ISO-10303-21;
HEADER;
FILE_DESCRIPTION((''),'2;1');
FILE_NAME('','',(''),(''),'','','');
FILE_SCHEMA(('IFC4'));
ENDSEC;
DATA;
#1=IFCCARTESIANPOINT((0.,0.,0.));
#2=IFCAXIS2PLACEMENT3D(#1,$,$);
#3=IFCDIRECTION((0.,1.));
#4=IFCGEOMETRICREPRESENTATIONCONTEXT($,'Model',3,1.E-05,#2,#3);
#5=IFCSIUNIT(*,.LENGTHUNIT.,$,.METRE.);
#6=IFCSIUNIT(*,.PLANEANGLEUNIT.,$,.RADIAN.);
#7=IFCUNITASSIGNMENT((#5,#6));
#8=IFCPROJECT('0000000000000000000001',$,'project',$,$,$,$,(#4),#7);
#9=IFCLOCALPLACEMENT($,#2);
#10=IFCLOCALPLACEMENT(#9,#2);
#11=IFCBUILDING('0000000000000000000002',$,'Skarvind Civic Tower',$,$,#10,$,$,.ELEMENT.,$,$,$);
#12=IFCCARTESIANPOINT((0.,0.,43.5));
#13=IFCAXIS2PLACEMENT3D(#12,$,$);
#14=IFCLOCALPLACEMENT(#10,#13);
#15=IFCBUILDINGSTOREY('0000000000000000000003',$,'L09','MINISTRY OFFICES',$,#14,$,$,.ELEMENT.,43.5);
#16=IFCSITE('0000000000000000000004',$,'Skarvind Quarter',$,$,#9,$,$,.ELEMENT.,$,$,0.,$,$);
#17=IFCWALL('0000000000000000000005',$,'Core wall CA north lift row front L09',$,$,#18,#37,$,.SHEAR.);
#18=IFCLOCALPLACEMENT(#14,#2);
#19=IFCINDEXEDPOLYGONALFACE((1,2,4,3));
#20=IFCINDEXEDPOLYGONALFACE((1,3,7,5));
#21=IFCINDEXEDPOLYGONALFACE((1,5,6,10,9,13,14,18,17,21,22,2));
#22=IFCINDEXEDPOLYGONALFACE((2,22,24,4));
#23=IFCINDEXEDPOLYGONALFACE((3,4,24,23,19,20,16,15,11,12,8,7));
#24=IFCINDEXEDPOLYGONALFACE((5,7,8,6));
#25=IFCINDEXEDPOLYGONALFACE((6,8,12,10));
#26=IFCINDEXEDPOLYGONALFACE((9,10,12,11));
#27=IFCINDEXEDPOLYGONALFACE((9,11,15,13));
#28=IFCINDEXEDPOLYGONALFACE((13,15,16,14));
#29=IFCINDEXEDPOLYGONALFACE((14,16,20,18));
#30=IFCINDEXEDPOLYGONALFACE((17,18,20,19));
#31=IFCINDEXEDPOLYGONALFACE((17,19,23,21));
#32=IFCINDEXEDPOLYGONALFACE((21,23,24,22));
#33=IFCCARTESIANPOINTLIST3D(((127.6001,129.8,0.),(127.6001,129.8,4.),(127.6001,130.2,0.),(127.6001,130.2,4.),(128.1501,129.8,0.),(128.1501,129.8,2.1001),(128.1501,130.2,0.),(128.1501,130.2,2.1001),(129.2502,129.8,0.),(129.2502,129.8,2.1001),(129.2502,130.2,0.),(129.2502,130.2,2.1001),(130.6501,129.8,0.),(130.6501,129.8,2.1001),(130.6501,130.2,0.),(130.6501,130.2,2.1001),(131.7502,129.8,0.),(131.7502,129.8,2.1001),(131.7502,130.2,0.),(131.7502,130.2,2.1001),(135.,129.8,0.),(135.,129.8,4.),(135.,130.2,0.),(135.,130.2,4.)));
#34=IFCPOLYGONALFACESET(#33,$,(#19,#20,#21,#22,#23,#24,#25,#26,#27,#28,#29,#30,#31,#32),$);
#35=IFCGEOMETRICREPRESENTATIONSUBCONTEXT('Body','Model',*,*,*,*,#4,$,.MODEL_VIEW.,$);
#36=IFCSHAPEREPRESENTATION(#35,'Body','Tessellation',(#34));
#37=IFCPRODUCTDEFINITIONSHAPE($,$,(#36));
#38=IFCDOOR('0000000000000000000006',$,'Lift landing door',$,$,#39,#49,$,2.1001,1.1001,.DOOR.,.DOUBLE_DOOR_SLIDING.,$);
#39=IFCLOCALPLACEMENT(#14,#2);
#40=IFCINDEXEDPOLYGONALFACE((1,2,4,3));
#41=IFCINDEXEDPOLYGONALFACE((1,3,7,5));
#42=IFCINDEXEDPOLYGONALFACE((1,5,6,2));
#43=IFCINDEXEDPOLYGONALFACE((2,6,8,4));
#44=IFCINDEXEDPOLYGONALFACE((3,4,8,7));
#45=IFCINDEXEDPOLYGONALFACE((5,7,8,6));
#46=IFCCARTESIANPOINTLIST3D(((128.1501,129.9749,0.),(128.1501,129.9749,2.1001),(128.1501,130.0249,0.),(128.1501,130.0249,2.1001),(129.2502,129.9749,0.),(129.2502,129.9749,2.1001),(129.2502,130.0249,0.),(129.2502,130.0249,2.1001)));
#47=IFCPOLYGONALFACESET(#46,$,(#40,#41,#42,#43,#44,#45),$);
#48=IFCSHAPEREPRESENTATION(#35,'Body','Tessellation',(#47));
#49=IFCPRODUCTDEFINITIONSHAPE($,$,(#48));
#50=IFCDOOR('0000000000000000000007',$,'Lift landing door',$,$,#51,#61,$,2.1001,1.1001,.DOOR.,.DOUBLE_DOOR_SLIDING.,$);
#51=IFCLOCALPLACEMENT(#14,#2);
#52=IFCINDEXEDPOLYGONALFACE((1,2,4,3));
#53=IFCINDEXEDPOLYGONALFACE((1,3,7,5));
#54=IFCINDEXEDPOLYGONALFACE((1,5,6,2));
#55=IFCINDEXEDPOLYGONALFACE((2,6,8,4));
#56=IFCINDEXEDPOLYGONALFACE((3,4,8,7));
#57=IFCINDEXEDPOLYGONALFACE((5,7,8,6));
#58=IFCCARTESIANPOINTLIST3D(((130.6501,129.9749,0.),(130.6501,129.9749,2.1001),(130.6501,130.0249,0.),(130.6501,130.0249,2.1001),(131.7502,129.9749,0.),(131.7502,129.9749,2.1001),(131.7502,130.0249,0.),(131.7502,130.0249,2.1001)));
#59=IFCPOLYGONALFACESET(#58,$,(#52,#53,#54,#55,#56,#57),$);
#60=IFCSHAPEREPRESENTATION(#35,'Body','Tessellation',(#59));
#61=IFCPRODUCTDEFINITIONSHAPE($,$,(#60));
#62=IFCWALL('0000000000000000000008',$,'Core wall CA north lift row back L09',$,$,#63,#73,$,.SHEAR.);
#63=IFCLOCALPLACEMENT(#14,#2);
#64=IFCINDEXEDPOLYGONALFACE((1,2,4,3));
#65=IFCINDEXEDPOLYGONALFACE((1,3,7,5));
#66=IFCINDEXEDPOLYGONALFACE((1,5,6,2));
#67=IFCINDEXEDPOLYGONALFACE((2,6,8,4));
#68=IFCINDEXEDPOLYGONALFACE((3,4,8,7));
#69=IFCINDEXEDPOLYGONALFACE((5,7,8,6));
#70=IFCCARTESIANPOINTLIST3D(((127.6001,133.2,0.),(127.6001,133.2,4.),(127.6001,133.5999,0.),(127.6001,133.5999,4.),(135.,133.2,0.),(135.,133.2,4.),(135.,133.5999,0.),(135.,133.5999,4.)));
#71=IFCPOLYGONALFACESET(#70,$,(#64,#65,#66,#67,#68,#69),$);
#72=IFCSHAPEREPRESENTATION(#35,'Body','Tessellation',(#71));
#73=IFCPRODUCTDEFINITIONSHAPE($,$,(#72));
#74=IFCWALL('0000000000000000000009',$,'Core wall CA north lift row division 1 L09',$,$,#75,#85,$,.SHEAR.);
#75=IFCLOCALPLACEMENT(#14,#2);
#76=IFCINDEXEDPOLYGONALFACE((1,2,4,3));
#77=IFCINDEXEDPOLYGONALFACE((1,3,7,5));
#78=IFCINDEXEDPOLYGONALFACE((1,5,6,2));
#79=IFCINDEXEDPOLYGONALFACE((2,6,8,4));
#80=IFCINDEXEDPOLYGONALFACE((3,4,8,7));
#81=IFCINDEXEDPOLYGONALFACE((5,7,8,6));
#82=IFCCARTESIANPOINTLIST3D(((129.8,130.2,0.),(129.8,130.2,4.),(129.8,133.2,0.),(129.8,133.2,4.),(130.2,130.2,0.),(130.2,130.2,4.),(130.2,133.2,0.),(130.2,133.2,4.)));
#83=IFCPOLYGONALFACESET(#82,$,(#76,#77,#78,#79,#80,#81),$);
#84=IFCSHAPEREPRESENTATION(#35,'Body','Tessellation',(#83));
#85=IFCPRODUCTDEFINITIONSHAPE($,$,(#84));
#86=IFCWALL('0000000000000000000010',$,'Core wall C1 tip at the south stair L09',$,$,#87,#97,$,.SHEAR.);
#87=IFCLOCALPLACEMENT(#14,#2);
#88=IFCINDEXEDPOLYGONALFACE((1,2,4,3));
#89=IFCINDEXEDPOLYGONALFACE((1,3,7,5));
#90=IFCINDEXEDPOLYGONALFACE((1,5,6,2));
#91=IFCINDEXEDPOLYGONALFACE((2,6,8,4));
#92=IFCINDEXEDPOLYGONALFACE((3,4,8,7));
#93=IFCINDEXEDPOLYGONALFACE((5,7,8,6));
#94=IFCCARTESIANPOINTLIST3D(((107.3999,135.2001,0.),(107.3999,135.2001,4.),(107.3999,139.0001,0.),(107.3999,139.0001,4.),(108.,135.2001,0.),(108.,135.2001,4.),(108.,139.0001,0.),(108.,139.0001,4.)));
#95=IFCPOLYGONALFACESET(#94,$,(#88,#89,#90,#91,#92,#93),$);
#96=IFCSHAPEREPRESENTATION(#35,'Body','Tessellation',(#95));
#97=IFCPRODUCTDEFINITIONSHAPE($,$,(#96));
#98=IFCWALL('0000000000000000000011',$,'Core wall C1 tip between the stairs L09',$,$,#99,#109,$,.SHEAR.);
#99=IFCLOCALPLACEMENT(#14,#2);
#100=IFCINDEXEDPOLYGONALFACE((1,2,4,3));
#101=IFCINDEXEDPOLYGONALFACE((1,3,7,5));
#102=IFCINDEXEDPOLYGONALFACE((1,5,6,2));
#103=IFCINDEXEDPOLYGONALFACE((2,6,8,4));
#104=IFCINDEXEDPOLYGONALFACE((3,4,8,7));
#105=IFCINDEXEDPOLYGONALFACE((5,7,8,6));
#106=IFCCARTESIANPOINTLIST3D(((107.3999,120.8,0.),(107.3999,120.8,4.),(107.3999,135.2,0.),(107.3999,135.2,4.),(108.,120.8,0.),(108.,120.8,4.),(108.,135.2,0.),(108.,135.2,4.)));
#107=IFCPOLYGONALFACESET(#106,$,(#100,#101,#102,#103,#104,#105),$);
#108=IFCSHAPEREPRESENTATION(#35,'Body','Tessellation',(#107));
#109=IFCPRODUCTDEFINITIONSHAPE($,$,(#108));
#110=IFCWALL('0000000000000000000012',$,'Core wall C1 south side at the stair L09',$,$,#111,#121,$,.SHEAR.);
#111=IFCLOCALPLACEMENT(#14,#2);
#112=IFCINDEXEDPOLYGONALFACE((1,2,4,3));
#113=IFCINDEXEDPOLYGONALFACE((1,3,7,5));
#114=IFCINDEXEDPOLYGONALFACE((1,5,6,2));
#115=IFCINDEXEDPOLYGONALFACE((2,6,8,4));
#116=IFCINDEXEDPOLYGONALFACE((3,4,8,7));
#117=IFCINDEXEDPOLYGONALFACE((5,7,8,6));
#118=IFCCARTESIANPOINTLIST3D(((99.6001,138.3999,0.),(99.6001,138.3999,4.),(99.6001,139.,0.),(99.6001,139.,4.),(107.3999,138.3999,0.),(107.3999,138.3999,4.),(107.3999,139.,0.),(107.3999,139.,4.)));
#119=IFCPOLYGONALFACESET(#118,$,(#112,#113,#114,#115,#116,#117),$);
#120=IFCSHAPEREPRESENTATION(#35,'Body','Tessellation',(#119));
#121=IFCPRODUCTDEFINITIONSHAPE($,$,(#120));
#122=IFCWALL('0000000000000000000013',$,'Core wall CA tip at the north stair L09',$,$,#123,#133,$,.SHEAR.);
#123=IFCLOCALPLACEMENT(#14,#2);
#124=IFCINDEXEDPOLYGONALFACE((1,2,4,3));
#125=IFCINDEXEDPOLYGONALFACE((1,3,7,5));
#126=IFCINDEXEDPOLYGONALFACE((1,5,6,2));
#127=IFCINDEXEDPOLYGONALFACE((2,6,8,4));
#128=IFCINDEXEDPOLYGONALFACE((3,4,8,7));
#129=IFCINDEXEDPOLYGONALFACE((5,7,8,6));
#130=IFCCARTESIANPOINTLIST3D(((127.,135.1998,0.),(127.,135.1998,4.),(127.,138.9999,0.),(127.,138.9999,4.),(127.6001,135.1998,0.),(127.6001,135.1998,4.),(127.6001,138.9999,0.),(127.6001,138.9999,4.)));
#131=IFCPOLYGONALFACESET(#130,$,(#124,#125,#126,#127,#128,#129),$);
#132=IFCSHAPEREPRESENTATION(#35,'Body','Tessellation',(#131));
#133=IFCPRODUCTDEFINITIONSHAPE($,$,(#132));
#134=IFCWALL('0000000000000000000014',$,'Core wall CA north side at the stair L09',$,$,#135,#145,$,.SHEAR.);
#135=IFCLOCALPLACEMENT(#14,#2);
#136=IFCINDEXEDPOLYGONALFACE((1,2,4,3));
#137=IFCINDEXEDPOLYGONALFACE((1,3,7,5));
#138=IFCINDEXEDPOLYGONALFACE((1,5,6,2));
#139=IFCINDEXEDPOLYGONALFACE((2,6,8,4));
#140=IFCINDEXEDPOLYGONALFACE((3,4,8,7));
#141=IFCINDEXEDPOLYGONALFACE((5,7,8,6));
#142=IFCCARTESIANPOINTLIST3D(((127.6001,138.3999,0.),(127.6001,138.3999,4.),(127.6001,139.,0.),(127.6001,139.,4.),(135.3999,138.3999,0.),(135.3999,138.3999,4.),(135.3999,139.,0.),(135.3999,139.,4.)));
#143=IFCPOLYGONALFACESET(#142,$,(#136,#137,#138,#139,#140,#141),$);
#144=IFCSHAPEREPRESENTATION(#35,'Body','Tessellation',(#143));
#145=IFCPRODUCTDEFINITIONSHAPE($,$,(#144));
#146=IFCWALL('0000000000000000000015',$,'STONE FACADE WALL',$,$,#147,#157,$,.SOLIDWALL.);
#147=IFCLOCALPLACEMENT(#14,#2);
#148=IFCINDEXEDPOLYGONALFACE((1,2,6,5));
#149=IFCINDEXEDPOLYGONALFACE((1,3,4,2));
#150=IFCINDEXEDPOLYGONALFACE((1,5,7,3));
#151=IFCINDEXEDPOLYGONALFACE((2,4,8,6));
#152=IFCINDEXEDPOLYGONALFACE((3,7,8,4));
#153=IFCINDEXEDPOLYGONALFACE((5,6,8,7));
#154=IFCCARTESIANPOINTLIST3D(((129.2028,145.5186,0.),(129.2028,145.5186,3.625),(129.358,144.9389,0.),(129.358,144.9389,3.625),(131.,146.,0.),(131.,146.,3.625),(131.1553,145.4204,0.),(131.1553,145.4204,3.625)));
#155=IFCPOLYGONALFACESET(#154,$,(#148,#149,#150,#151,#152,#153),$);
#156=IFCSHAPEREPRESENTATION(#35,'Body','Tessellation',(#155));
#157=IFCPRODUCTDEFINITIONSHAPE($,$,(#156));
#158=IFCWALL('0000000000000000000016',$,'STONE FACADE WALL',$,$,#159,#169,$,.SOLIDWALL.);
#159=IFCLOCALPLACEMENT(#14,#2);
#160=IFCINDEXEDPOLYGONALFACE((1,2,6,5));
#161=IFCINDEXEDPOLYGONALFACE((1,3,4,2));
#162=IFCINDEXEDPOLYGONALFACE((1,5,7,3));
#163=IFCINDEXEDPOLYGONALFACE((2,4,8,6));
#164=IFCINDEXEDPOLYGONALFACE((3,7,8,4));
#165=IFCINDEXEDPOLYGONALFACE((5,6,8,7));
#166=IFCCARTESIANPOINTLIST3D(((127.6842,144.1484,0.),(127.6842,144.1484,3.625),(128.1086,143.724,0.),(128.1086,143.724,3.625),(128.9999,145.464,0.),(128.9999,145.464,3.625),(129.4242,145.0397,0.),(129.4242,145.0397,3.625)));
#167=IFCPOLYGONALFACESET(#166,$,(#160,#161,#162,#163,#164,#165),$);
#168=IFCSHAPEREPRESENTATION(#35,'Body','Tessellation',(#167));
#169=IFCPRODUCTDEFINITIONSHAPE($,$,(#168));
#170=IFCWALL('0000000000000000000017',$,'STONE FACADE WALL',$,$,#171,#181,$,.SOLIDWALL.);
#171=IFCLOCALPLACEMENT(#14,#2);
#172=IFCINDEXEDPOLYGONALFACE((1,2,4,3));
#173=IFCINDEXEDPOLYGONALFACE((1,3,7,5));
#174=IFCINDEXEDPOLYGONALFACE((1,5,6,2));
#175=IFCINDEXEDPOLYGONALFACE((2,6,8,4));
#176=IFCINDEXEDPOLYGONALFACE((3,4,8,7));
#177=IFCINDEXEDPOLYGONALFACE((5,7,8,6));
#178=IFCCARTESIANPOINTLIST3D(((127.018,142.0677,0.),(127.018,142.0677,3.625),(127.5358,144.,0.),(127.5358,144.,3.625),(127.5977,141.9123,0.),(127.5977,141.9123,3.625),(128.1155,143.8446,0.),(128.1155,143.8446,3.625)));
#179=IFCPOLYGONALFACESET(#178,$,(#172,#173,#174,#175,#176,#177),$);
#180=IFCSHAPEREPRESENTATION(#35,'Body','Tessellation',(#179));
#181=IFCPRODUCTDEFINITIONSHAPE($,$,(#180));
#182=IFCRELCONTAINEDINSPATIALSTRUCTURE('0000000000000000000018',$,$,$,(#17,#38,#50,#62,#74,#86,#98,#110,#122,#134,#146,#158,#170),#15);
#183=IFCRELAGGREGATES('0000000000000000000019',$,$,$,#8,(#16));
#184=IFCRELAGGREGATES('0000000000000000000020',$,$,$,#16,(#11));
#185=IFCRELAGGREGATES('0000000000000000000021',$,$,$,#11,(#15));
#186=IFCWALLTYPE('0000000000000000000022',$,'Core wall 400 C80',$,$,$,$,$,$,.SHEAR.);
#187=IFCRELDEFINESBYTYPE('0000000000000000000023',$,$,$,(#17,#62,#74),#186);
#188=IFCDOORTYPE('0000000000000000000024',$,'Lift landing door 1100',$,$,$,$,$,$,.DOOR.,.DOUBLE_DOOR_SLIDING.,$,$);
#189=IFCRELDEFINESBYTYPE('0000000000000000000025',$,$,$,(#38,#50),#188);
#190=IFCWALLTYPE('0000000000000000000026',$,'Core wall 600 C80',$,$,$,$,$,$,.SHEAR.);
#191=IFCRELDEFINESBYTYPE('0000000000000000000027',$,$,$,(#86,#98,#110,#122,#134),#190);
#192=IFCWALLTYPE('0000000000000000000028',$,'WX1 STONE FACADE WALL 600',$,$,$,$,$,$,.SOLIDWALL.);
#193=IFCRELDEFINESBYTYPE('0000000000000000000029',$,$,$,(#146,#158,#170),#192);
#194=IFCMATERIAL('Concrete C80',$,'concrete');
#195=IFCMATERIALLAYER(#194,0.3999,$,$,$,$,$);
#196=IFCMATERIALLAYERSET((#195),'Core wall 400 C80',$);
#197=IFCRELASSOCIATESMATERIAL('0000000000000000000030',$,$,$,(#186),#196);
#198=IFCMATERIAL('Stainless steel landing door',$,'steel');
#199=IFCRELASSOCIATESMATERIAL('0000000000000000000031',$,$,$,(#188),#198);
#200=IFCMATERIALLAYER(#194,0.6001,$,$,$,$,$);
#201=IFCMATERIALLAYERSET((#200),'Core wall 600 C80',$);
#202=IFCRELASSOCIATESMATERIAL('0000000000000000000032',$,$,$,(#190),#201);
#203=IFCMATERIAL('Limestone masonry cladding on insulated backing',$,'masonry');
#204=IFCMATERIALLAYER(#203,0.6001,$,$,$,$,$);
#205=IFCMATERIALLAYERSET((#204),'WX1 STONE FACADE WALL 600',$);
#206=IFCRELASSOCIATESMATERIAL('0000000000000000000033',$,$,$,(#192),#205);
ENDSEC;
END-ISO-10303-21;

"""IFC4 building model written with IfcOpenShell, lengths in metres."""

from ifc_helpers import new_model, si_unit, direction, frame, frame_2d, origin, place, context, subcontext, project, spatial, rectangle, extrude, material, layer, layer_set, type_object, element, fill, save


model = new_model("IFC4")

# Units and contexts
model_context = context("Model", 3, precision=1e-05, world=origin(), true_north=direction((0.0, 1.0)))
body_context = subcontext(model_context, "Body", "Model", "MODEL_VIEW")
ifc_project = project(units=[si_unit("LENGTHUNIT", "METRE"), si_unit("PLANEANGLEUNIT", "RADIAN")], contexts=[model_context])

# Site, building, storey
site_placement = place(None, origin())
site = spatial("IfcSite", under=ifc_project, at=site_placement, Name="Skarvind Quarter", CompositionType="ELEMENT", RefElevation=0.0)
building_placement = place(site_placement, origin())
building = spatial("IfcBuilding", under=site, at=building_placement, Name="Skarvind Civic Tower", CompositionType="ELEMENT")
storey_placement = place(building_placement, frame((0.0, 0.0, 43.5)))
storey = spatial("IfcBuildingStorey", under=building, at=storey_placement, Name="L09", Description="MINISTRY OFFICES", CompositionType="ELEMENT", Elevation=43.5)

# Shared definitions
ifc_material_1 = material(Name="Concrete C80", Category="concrete")
ifc_layer_1 = layer(ifc_material_1, 0.3999)
ifc_layer_set_1 = layer_set([ifc_layer_1], Name="Core wall 400 C80")
wall_type_1 = type_object("IfcWallType", Name="Core wall 400 C80", PredefinedType="SHEAR", material=ifc_layer_set_1)

# Shared definitions
ifc_material_2 = material(Name="Stainless steel landing door", Category="steel")
door_type = type_object("IfcDoorType", Name="Lift landing door 1100", OperationType="DOUBLE_DOOR_SLIDING", PredefinedType="DOOR", material=ifc_material_2)

# Wall, openings, doors
wall_1_placement = place(storey_placement, frame((127.6001, 130.0, 0.0), z_axis=(0.0, 0.0, 1.0), x_axis=(1.0, 0.0, 0.0)))
wall_1 = element("IfcWall", 1, at=wall_1_placement, inside=storey, type_object=wall_type_1, Name="Core wall CA north lift row front L09", PredefinedType="SHEAR", context=body_context, shape_type="SweptSolid", body=[
    extrude(rectangle(XDim=7.3999, YDim=0.3999, at=frame_2d((3.7, 0.0))), origin(), (0.0, 0.0, 1.0), 4.0),
])
opening_1_placement = place(wall_1_placement, frame((0.55, 0.0, 0.0)))
opening_1 = element("IfcOpeningElement", 2, at=opening_1_placement, cuts=wall_1, PredefinedType="OPENING", context=body_context, shape_type="SweptSolid", body=[
    extrude(rectangle(XDim=1.1001, YDim=2.1001, at=frame_2d((0.55, 1.05))), frame((0.0, 0.21, 0.0), z_axis=(0.0, -1.0, 0.0), x_axis=(1.0, 0.0, 0.0)), (0.0, 0.0, 1.0), 0.4199),
])
opening_2_placement = place(wall_1_placement, frame((3.05, 0.0, 0.0)))
opening_2 = element("IfcOpeningElement", 3, at=opening_2_placement, cuts=wall_1, PredefinedType="OPENING", context=body_context, shape_type="SweptSolid", body=[
    extrude(rectangle(XDim=1.1001, YDim=2.1001, at=frame_2d((0.55, 1.05))), frame((0.0, 0.21, 0.0), z_axis=(0.0, -1.0, 0.0), x_axis=(1.0, 0.0, 0.0)), (0.0, 0.0, 1.0), 0.4199),
])
door_1_placement = place(opening_1_placement, origin())
door_1 = element("IfcDoor", 4, at=door_1_placement, inside=storey, type_object=door_type, Name="Lift landing door", OperationType="DOUBLE_DOOR_SLIDING", OverallHeight=2.1001, OverallWidth=1.1001, PredefinedType="DOOR", context=body_context, shape_type="SweptSolid", body=[
    extrude(rectangle(XDim=1.1001, YDim=2.1001, at=frame_2d((0.55, 1.05))), frame((0.0, 0.0249, 0.0), z_axis=(0.0, -1.0, 0.0), x_axis=(1.0, 0.0, 0.0)), (0.0, 0.0, 1.0), 0.05),
])
fill(opening_1, door_1)
door_2_placement = place(opening_2_placement, origin())
door_2 = element("IfcDoor", 5, at=door_2_placement, inside=storey, type_object=door_type, Name="Lift landing door", OperationType="DOUBLE_DOOR_SLIDING", OverallHeight=2.1001, OverallWidth=1.1001, PredefinedType="DOOR", context=body_context, shape_type="SweptSolid", body=[
    extrude(rectangle(XDim=1.1001, YDim=2.1001, at=frame_2d((0.55, 1.05))), frame((0.0, 0.0249, 0.0), z_axis=(0.0, -1.0, 0.0), x_axis=(1.0, 0.0, 0.0)), (0.0, 0.0, 1.0), 0.05),
])
fill(opening_2, door_2)

# Walls
wall_2_placement = place(storey_placement, frame((127.6001, 133.3999, 0.0), z_axis=(0.0, 0.0, 1.0), x_axis=(1.0, 0.0, 0.0)))
element("IfcWall", 6, at=wall_2_placement, inside=storey, type_object=wall_type_1, Name="Core wall CA north lift row back L09", PredefinedType="SHEAR", context=body_context, shape_type="SweptSolid", body=[
    extrude(rectangle(XDim=7.3999, YDim=0.3999, at=frame_2d((3.7, 0.0))), origin(), (0.0, 0.0, 1.0), 4.0),
])
wall_3_placement = place(storey_placement, frame((130.0, 130.2, 0.0), z_axis=(0.0, 0.0, 1.0), x_axis=(0.0, 1.0, 0.0)))
element("IfcWall", 7, at=wall_3_placement, inside=storey, type_object=wall_type_1, Name="Core wall CA north lift row division 1 L09", PredefinedType="SHEAR", context=body_context, shape_type="SweptSolid", body=[
    extrude(rectangle(XDim=3.0, YDim=0.3999, at=frame_2d((1.5, 0.0))), origin(), (0.0, 0.0, 1.0), 4.0),
])
ifc_layer_2 = layer(ifc_material_1, 0.6001)
ifc_layer_set_2 = layer_set([ifc_layer_2], Name="Core wall 600 C80")
wall_type_2 = type_object("IfcWallType", Name="Core wall 600 C80", PredefinedType="SHEAR", material=ifc_layer_set_2)
wall_4_placement = place(storey_placement, frame((107.7, 139.0, 0.0), z_axis=(0.0, 0.0, 1.0), x_axis=(0.0, -1.0, 0.0)))
element("IfcWall", 8, at=wall_4_placement, inside=storey, type_object=wall_type_2, Name="Core wall C1 tip at the south stair L09", PredefinedType="SHEAR", context=body_context, shape_type="SweptSolid", body=[
    extrude(rectangle(XDim=3.8, YDim=0.6001, at=frame_2d((1.8999, 0.0))), origin(), (0.0, 0.0, 1.0), 4.0),
])
wall_5_placement = place(storey_placement, frame((107.7, 135.2, 0.0), z_axis=(0.0, 0.0, 1.0), x_axis=(0.0, -1.0, 0.0)))
element("IfcWall", 9, at=wall_5_placement, inside=storey, type_object=wall_type_2, Name="Core wall C1 tip between the stairs L09", PredefinedType="SHEAR", context=body_context, shape_type="SweptSolid", body=[
    extrude(rectangle(XDim=14.3999, YDim=0.6001, at=frame_2d((7.2, 0.0))), origin(), (0.0, 0.0, 1.0), 4.0),
])
wall_6_placement = place(storey_placement, frame((107.3999, 138.7, 0.0), z_axis=(0.0, 0.0, 1.0), x_axis=(-1.0, 0.0, 0.0)))
element("IfcWall", 10, at=wall_6_placement, inside=storey, type_object=wall_type_2, Name="Core wall C1 south side at the stair L09", PredefinedType="SHEAR", context=body_context, shape_type="SweptSolid", body=[
    extrude(rectangle(XDim=7.7998, YDim=0.6001, at=frame_2d((3.8999, 0.0))), origin(), (0.0, 0.0, 1.0), 4.0),
])
wall_7_placement = place(storey_placement, frame((127.3, 135.2, 0.0), z_axis=(0.0, 0.0, 1.0), x_axis=(0.0, 1.0, 0.0)))
element("IfcWall", 11, at=wall_7_placement, inside=storey, type_object=wall_type_2, Name="Core wall CA tip at the north stair L09", PredefinedType="SHEAR", context=body_context, shape_type="SweptSolid", body=[
    extrude(rectangle(XDim=3.8, YDim=0.6001, at=frame_2d((1.8999, 0.0))), origin(), (0.0, 0.0, 1.0), 4.0),
])
wall_8_placement = place(storey_placement, frame((127.6001, 138.7, 0.0), z_axis=(0.0, 0.0, 1.0), x_axis=(1.0, 0.0, 0.0)))
element("IfcWall", 12, at=wall_8_placement, inside=storey, type_object=wall_type_2, Name="Core wall CA north side at the stair L09", PredefinedType="SHEAR", context=body_context, shape_type="SweptSolid", body=[
    extrude(rectangle(XDim=7.7998, YDim=0.6001, at=frame_2d((3.8999, 0.0))), origin(), (0.0, 0.0, 1.0), 4.0),
])
ifc_material_3 = material(Name="Limestone masonry cladding on insulated backing", Category="masonry")
ifc_layer_3 = layer(ifc_material_3, 0.6001)
ifc_layer_set_3 = layer_set([ifc_layer_3], Name="WX1 STONE FACADE WALL 600")
wall_type_3 = type_object("IfcWallType", Name="WX1 STONE FACADE WALL 600", PredefinedType="SOLIDWALL", material=ifc_layer_set_3)
for number, where, z_axis, x_axis, name in (
    (13, (129.2805, 145.2288, 0.0), (0.0, 0.0, 1.0), (0.965938, 0.258773, 0.0), "STONE FACADE WALL"),
    (14, (127.8965, 143.9363, 0.0), (0.0, 0.0, 1.0), (0.707107, 0.707107, 0.0), "STONE FACADE WALL"),
):
    element("IfcWall", number, at=place(storey_placement, frame(where, z_axis=z_axis, x_axis=x_axis)), inside=storey, type_object=wall_type_3, Name=name, PredefinedType="SOLIDWALL", context=body_context, shape_type="SweptSolid", body=[
        extrude(rectangle(XDim=1.8606, YDim=0.6001, at=frame_2d((0.9302, 0.0))), origin(), (0.0, 0.0, 1.0), 3.625),
    ])
wall_9_placement = place(storey_placement, frame((127.3079, 141.99, 0.0), z_axis=(0.0, 0.0, 1.0), x_axis=(0.25884, 0.96592, 0.0)))
element("IfcWall", 15, at=wall_9_placement, inside=storey, type_object=wall_type_3, Name="STONE FACADE WALL", PredefinedType="SOLIDWALL", context=body_context, shape_type="SweptSolid", body=[
    extrude(rectangle(XDim=2.0005, YDim=0.6001, at=frame_2d((1.0002, 0.0))), origin(), (0.0, 0.0, 1.0), 3.625),
])

save(model, "model.ifc")
